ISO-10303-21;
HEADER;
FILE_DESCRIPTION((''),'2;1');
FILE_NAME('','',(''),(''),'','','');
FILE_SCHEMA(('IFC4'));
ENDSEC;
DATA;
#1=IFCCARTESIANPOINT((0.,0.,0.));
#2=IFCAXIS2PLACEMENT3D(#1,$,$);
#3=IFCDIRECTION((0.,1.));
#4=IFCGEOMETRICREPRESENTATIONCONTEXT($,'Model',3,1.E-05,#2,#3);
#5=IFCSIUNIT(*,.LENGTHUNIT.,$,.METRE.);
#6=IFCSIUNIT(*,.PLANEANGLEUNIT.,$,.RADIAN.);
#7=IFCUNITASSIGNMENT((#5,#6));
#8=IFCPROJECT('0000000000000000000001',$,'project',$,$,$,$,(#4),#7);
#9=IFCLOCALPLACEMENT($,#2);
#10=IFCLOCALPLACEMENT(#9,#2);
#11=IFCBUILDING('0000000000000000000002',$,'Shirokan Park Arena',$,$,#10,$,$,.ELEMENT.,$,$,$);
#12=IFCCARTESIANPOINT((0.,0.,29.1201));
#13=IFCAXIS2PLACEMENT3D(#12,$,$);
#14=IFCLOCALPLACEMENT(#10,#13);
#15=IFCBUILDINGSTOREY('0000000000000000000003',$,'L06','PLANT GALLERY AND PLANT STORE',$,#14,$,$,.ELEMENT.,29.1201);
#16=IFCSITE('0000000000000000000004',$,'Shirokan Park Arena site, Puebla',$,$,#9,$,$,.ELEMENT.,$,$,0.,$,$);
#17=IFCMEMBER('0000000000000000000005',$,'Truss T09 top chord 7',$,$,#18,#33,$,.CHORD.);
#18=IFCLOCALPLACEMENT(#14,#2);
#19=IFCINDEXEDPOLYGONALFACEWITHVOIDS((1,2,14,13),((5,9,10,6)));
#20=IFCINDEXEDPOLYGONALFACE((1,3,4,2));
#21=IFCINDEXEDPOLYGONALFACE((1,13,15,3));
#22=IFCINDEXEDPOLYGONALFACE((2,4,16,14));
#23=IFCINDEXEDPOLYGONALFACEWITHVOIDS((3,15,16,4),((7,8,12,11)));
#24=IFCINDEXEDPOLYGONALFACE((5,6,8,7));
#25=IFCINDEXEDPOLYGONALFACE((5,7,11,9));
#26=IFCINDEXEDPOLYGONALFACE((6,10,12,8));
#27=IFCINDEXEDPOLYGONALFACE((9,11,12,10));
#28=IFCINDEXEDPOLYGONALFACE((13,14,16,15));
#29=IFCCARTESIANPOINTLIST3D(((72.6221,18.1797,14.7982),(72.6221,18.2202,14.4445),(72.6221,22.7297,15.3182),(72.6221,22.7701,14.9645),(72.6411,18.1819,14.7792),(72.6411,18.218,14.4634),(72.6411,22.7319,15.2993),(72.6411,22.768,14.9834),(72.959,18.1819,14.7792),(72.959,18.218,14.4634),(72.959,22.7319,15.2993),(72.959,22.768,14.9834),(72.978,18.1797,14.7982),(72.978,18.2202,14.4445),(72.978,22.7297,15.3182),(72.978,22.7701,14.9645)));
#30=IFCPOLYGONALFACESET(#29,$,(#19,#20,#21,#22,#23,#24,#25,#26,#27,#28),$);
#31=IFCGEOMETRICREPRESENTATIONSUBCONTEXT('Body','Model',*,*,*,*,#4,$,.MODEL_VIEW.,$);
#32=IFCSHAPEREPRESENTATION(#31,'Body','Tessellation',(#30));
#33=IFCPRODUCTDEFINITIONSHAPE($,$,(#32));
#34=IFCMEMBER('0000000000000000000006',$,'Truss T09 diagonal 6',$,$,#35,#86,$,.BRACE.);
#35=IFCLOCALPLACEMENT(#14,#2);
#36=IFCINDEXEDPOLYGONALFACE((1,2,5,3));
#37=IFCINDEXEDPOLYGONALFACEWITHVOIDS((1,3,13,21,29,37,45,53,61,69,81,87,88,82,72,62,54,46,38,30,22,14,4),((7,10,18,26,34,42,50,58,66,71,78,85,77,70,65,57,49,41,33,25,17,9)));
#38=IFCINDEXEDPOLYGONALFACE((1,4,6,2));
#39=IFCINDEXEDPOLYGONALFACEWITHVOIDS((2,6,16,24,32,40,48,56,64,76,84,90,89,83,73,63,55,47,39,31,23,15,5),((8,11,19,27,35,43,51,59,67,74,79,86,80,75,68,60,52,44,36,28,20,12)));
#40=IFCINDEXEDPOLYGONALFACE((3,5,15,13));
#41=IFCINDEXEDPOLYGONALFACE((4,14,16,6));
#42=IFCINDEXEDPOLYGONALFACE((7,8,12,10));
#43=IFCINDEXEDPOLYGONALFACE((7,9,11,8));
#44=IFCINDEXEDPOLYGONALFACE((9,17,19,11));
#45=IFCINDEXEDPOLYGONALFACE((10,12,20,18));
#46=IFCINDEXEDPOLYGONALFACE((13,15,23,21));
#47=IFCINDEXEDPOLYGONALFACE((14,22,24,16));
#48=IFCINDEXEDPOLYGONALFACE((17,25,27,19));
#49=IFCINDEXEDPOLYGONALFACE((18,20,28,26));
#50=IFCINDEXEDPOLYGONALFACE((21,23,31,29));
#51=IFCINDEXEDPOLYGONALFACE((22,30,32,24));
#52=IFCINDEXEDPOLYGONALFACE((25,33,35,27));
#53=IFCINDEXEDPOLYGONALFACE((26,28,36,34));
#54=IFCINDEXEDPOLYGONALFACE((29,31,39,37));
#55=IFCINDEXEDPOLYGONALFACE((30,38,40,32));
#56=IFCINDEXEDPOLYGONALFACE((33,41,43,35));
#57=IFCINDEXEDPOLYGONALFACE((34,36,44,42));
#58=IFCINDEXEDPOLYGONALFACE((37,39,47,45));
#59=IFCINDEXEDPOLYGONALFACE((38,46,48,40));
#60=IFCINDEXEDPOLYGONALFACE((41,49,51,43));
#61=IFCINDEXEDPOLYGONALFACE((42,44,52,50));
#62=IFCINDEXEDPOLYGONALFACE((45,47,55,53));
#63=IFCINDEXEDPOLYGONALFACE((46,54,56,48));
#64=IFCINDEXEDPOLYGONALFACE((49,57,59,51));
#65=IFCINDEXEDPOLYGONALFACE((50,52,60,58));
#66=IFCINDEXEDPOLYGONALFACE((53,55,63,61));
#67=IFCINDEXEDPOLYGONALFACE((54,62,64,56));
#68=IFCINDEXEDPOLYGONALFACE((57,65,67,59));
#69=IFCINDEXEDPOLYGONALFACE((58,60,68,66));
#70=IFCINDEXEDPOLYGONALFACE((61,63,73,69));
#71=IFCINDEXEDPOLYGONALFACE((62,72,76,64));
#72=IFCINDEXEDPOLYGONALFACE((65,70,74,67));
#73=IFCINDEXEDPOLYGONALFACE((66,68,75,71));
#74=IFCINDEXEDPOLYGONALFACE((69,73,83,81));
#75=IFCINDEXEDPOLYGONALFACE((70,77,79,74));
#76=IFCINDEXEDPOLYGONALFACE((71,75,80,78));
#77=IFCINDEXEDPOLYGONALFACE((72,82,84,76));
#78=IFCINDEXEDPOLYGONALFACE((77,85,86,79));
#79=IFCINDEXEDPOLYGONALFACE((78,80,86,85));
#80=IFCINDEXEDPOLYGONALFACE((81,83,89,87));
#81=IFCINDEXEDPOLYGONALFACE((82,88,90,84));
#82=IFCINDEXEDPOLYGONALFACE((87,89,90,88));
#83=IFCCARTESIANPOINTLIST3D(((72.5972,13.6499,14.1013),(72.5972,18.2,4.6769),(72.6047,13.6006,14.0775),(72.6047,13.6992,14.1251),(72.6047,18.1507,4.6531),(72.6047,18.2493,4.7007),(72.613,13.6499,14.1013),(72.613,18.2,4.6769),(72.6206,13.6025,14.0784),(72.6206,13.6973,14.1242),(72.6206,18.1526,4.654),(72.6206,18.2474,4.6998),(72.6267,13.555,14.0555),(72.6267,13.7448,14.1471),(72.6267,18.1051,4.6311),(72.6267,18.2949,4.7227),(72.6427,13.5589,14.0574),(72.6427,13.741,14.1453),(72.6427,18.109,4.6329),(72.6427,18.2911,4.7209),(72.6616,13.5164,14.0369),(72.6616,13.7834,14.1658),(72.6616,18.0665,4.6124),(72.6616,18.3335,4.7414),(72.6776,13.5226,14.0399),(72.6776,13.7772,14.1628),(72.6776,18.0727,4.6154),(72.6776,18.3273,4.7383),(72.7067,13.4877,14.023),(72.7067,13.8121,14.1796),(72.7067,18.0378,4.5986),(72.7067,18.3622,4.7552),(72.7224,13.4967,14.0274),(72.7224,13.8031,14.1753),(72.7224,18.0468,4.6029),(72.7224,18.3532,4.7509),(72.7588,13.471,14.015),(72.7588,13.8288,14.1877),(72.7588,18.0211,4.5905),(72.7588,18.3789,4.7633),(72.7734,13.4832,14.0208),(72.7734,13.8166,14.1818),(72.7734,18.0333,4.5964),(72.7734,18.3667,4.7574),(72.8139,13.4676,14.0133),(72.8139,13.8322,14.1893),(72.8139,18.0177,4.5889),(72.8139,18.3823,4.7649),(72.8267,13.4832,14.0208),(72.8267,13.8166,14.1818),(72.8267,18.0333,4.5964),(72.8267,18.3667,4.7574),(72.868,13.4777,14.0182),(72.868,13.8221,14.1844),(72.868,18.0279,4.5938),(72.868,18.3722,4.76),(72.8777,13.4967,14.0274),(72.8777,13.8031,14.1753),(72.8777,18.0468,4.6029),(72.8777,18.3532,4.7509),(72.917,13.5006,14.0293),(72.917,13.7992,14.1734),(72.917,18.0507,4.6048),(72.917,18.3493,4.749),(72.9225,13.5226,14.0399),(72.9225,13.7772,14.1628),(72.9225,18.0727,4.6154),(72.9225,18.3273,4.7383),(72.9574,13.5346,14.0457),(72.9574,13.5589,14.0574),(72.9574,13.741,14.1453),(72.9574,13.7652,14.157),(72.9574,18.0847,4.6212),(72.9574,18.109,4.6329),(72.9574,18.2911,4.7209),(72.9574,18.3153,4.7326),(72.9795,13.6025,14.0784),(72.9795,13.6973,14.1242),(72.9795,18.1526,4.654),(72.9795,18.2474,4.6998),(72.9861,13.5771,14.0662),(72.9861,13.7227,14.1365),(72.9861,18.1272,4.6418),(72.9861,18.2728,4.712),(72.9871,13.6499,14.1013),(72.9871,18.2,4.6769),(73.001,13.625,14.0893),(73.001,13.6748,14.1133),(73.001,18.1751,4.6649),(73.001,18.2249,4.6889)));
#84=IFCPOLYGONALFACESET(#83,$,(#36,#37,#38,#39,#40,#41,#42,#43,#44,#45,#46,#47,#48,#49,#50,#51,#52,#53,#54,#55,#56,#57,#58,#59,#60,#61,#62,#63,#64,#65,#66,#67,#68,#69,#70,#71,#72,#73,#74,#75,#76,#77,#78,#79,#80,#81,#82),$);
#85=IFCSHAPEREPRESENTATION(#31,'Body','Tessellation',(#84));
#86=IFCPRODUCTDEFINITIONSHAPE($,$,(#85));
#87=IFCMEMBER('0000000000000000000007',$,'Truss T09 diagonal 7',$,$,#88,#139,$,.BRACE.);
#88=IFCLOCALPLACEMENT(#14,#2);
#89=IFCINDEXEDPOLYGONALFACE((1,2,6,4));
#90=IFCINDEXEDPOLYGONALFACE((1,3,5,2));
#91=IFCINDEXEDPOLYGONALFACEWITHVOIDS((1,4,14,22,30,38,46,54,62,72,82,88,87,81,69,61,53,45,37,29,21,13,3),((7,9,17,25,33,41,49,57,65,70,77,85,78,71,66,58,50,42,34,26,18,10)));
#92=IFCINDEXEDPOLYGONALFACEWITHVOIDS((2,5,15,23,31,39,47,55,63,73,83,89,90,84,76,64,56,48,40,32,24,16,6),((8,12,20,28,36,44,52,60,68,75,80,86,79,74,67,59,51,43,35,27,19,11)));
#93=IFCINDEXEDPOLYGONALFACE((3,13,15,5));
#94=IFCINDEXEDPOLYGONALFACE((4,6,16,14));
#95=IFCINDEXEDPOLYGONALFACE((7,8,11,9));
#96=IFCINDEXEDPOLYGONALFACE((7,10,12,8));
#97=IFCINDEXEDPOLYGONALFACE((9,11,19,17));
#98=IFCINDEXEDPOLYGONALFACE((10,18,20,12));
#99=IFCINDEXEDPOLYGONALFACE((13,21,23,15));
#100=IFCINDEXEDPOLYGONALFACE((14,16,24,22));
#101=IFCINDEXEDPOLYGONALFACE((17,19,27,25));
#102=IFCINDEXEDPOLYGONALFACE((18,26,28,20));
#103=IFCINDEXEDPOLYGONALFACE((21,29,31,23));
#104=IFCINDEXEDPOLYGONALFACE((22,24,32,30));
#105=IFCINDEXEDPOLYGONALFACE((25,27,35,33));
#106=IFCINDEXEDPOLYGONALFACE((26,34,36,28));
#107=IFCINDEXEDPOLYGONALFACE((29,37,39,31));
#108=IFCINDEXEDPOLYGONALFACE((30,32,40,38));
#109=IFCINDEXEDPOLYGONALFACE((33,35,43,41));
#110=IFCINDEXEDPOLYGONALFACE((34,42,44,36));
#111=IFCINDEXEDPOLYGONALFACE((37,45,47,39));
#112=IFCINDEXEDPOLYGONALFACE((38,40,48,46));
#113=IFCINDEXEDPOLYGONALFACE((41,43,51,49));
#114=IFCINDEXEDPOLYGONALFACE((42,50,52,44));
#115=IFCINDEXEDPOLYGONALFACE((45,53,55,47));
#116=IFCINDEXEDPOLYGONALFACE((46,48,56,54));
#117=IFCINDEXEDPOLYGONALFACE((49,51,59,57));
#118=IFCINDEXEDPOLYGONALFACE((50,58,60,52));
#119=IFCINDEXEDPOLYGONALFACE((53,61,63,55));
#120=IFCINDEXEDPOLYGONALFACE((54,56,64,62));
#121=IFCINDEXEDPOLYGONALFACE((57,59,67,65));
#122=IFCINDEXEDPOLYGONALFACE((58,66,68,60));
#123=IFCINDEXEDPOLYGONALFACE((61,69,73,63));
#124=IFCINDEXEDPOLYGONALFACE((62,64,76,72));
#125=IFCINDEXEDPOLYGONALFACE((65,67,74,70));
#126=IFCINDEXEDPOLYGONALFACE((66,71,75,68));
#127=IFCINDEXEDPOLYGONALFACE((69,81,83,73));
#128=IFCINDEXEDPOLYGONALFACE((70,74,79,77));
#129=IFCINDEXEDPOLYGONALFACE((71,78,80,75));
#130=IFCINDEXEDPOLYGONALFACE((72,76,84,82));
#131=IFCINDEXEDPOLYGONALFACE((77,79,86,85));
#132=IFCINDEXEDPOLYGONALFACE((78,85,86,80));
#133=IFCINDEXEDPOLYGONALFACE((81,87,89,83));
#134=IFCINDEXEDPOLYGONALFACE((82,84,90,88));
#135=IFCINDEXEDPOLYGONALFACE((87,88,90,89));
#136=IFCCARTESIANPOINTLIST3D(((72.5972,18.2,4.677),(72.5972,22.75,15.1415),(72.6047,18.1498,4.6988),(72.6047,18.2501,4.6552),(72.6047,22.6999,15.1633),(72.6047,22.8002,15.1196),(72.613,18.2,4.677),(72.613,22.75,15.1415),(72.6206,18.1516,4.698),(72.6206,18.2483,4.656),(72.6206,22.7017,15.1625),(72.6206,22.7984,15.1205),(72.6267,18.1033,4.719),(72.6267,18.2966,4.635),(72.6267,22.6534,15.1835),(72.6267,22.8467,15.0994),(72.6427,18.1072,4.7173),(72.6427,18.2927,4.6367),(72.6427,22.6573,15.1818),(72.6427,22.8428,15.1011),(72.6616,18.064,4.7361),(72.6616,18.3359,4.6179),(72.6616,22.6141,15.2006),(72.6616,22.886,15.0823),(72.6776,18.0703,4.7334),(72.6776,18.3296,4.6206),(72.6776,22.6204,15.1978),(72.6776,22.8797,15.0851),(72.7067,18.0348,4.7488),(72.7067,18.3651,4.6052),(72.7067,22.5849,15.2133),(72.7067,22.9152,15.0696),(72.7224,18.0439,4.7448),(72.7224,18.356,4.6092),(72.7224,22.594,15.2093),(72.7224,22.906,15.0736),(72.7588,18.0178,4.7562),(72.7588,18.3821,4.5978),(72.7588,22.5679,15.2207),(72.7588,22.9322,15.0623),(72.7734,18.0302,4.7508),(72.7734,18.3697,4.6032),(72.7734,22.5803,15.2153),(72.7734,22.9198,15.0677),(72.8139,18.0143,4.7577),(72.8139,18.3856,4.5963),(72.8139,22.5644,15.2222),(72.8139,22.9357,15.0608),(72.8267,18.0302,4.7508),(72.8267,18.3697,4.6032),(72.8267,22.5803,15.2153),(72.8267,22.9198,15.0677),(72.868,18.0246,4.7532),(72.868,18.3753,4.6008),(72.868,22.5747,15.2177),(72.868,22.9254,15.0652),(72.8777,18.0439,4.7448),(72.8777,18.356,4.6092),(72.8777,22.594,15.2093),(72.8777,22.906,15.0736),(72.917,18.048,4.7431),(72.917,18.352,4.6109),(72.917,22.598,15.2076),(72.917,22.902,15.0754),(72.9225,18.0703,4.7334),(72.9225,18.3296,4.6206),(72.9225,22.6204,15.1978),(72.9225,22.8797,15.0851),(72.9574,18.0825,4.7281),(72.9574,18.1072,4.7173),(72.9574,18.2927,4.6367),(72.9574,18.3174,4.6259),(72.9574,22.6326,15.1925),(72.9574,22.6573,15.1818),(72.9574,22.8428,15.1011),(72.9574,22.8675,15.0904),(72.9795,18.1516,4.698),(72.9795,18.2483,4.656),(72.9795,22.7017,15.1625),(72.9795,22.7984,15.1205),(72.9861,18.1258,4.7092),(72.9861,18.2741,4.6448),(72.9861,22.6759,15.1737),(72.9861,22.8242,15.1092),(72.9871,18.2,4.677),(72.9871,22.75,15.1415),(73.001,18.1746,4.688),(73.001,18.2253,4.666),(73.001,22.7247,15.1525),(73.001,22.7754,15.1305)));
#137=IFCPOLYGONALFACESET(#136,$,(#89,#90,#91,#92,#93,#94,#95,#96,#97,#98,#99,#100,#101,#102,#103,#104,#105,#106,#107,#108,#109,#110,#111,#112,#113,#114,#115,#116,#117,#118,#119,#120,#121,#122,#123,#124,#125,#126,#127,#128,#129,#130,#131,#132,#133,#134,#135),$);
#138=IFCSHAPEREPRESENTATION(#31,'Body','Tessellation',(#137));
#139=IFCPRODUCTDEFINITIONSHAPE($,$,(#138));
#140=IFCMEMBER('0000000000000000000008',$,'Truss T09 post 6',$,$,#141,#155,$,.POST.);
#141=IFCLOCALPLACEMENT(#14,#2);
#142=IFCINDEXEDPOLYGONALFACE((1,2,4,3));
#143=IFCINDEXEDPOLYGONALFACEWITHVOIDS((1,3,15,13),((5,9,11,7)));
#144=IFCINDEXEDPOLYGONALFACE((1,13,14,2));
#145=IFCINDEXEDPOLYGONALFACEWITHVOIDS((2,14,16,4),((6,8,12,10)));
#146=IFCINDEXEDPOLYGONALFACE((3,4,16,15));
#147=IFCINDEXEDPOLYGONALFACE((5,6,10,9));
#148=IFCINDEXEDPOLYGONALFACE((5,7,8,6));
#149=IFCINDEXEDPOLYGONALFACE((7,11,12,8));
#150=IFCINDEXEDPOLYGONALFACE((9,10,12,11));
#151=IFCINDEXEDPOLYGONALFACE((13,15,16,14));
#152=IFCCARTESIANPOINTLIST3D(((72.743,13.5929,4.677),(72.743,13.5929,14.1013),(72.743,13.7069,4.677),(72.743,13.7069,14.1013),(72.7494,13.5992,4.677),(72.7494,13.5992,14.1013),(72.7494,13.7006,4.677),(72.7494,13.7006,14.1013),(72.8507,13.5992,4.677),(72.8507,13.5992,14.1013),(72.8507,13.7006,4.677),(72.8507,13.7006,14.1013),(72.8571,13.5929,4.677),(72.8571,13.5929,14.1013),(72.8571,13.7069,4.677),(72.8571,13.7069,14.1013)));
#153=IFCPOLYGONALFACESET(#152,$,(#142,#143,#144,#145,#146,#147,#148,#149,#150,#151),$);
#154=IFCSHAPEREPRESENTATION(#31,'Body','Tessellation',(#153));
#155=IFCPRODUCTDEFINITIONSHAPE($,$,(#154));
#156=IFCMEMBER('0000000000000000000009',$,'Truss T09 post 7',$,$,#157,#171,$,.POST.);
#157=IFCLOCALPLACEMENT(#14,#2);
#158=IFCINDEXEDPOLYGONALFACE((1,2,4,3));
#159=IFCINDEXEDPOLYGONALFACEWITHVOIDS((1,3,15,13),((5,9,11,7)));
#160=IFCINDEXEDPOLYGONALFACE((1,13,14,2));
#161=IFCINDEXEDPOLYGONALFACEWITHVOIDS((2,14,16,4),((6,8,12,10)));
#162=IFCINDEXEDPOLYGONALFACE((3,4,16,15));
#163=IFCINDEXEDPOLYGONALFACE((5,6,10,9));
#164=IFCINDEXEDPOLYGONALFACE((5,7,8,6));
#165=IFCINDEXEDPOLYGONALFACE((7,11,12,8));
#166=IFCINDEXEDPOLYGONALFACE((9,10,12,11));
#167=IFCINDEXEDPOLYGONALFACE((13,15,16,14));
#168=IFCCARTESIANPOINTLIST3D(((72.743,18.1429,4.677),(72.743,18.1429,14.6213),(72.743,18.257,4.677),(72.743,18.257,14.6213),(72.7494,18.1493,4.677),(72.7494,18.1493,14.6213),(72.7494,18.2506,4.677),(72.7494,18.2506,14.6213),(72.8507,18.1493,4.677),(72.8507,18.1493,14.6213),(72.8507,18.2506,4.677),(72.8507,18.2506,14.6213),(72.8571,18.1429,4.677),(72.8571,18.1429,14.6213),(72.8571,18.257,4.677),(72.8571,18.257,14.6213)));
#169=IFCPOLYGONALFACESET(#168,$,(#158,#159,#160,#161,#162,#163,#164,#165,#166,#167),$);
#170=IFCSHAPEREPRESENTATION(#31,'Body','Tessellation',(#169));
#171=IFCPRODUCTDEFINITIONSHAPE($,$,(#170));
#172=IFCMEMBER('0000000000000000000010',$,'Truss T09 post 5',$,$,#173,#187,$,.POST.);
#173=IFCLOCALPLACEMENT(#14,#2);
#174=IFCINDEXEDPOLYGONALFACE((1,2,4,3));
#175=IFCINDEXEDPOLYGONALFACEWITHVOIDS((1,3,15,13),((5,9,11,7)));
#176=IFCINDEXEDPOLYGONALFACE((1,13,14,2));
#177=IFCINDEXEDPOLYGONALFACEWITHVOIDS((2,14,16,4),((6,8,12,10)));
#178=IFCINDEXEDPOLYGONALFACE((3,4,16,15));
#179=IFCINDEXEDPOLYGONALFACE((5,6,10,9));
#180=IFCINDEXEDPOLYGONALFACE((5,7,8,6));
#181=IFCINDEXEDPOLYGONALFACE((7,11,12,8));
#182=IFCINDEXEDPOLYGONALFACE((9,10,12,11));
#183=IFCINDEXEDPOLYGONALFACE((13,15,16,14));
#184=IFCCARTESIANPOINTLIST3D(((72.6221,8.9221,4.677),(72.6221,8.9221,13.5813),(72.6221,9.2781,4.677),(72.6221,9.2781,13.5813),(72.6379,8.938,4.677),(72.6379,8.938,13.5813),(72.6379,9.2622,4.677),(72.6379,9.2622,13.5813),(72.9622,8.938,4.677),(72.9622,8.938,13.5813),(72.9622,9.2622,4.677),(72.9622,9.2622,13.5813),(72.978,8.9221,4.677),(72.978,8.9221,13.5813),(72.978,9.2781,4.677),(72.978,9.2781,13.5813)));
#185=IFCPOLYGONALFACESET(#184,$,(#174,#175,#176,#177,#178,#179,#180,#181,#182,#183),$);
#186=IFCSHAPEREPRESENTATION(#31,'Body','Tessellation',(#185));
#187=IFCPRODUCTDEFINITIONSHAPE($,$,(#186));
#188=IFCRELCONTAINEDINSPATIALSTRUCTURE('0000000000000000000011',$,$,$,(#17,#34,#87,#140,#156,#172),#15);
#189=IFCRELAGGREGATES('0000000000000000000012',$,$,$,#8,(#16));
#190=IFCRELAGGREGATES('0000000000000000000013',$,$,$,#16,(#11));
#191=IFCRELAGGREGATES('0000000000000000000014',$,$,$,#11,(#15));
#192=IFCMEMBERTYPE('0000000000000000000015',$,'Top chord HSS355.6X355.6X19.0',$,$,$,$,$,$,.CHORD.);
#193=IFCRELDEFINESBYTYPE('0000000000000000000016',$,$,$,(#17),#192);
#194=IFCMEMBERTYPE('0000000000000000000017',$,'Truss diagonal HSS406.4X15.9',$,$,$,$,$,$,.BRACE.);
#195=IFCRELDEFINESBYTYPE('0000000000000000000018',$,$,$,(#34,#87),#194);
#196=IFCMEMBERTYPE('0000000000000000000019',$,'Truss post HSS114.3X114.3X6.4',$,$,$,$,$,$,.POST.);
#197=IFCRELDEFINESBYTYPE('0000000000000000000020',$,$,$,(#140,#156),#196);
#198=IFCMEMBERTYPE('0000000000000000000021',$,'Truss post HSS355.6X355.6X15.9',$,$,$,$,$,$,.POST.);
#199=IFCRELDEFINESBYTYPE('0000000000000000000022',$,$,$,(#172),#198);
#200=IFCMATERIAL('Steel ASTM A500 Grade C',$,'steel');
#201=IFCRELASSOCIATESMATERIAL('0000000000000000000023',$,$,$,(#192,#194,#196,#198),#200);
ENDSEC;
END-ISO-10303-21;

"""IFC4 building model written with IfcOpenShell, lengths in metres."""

from ifc_helpers import new_model, si_unit, direction, frame, origin, origin_2d, place, context, subcontext, project, spatial, hollow_rectangle, hollow_circle, extrude, material, material_profile, profile_set, type_object, element, save


model = new_model("IFC4")

# Units and contexts
model_context = context("Model", 3, precision=1e-05, world=origin(), true_north=direction((0.0, 1.0)))
body_context = subcontext(model_context, "Body", "Model", "MODEL_VIEW")
ifc_project = project(units=[si_unit("LENGTHUNIT", "METRE"), si_unit("PLANEANGLEUNIT", "RADIAN")], contexts=[model_context])

# Site, building, storey
site_placement = place(None, origin())
site = spatial("IfcSite", under=ifc_project, at=site_placement, Name="Shirokan Park Arena site, Puebla", CompositionType="ELEMENT", RefElevation=0.0)
building_placement = place(site_placement, origin())
building = spatial("IfcBuilding", under=site, at=building_placement, Name="Shirokan Park Arena", CompositionType="ELEMENT")
storey_placement = place(building_placement, frame((0.0, 0.0, 29.1201)))
storey = spatial("IfcBuildingStorey", under=building, at=storey_placement, Name="L06", Description="PLANT GALLERY AND PLANT STORE", CompositionType="ELEMENT", Elevation=29.1201)

# Shared definitions
ifc_material_1 = material(Name="Steel ASTM A500 Grade C", Category="steel")

# Members
ifc_material_profile_1 = material_profile(ifc_material_1, hollow_rectangle(XDim=0.356, YDim=0.356, WallThickness=0.019, at=origin_2d()), Name="HSS355.6X355.6X19.0")
ifc_profile_set_1 = profile_set([ifc_material_profile_1], Name="Steel ASTM A500 Grade C")
member_type_1 = type_object("IfcMemberType", Name="Top chord HSS355.6X355.6X19.0", PredefinedType="CHORD", material=ifc_profile_set_1)
member_1_placement = place(storey_placement, frame((72.8, 18.2, 14.6213), z_axis=(0.0, 0.993532, 0.11355), x_axis=(-1.0, 0.0, 0.0)))
element("IfcMember", 1, at=member_1_placement, inside=storey, type_object=member_type_1, Name="Truss T09 top chord 7", PredefinedType="CHORD", context=body_context, shape_type="SweptSolid", body=[
    extrude(hollow_rectangle(XDim=0.356, YDim=0.356, WallThickness=0.019, at=origin_2d()), origin(), (0.0, 0.0, 1.0), 4.5796),
])
ifc_material_profile_2 = material_profile(ifc_material_1, hollow_circle(Radius=0.2029, WallThickness=0.0159, at=origin_2d()), Name="HSS406.4X15.9")
ifc_profile_set_2 = profile_set([ifc_material_profile_2], Name="Steel ASTM A500 Grade C")
member_type_2 = type_object("IfcMemberType", Name="Truss diagonal HSS406.4X15.9", PredefinedType="BRACE", material=ifc_profile_set_2)
member_2_placement = place(storey_placement, frame((72.8, 13.6499, 14.1013), z_axis=(0.0, 0.434778, -0.900537), x_axis=(-1.0, 0.0, 0.0)))
element("IfcMember", 2, at=member_2_placement, inside=storey, type_object=member_type_2, Name="Truss T09 diagonal 6", PredefinedType="BRACE", context=body_context, shape_type="SweptSolid", body=[
    extrude(hollow_circle(Radius=0.2029, WallThickness=0.0159, at=origin_2d()), origin(), (0.0, 0.0, 1.0), 10.4653),
])
member_3_placement = place(storey_placement, frame((72.8, 18.2, 4.677), z_axis=(0.0, 0.39875, 0.91706), x_axis=(-1.0, 0.0, 0.0)))
element("IfcMember", 3, at=member_3_placement, inside=storey, type_object=member_type_2, Name="Truss T09 diagonal 7", PredefinedType="BRACE", context=body_context, shape_type="SweptSolid", body=[
    extrude(hollow_circle(Radius=0.2029, WallThickness=0.0159, at=origin_2d()), origin(), (0.0, 0.0, 1.0), 11.4109),
])
ifc_material_profile_3 = material_profile(ifc_material_1, hollow_rectangle(XDim=0.114, YDim=0.114, WallThickness=0.0063, at=origin_2d()), Name="HSS114.3X114.3X6.4")
ifc_profile_set_3 = profile_set([ifc_material_profile_3], Name="Steel ASTM A500 Grade C")
member_type_3 = type_object("IfcMemberType", Name="Truss post HSS114.3X114.3X6.4", PredefinedType="POST", material=ifc_profile_set_3)
member_4_placement = place(storey_placement, frame((72.8, 13.6499, 4.677), z_axis=(0.0, 0.0, 1.0), x_axis=(1.0, 0.0, 0.0)))
element("IfcMember", 4, at=member_4_placement, inside=storey, type_object=member_type_3, Name="Truss T09 post 6", PredefinedType="POST", context=body_context, shape_type="SweptSolid", body=[
    extrude(hollow_rectangle(XDim=0.114, YDim=0.114, WallThickness=0.0063, at=origin_2d()), origin(), (0.0, 0.0, 1.0), 9.4243),
])
member_5_placement = place(storey_placement, frame((72.8, 18.2, 4.677), z_axis=(0.0, 0.0, 1.0), x_axis=(1.0, 0.0, 0.0)))
element("IfcMember", 5, at=member_5_placement, inside=storey, type_object=member_type_3, Name="Truss T09 post 7", PredefinedType="POST", context=body_context, shape_type="SweptSolid", body=[
    extrude(hollow_rectangle(XDim=0.114, YDim=0.114, WallThickness=0.0063, at=origin_2d()), origin(), (0.0, 0.0, 1.0), 9.9443),
])
ifc_material_profile_4 = material_profile(ifc_material_1, hollow_rectangle(XDim=0.356, YDim=0.356, WallThickness=0.0159, at=origin_2d()), Name="HSS355.6X355.6X15.9")
ifc_profile_set_4 = profile_set([ifc_material_profile_4], Name="Steel ASTM A500 Grade C")
member_type_4 = type_object("IfcMemberType", Name="Truss post HSS355.6X355.6X15.9", PredefinedType="POST", material=ifc_profile_set_4)
member_6_placement = place(storey_placement, frame((72.8, 9.1001, 4.677), z_axis=(0.0, 0.0, 1.0), x_axis=(1.0, 0.0, 0.0)))
element("IfcMember", 6, at=member_6_placement, inside=storey, type_object=member_type_4, Name="Truss T09 post 5", PredefinedType="POST", context=body_context, shape_type="SweptSolid", body=[
    extrude(hollow_rectangle(XDim=0.356, YDim=0.356, WallThickness=0.0159, at=origin_2d()), origin(), (0.0, 0.0, 1.0), 8.9043),
])

save(model, "model.ifc")
